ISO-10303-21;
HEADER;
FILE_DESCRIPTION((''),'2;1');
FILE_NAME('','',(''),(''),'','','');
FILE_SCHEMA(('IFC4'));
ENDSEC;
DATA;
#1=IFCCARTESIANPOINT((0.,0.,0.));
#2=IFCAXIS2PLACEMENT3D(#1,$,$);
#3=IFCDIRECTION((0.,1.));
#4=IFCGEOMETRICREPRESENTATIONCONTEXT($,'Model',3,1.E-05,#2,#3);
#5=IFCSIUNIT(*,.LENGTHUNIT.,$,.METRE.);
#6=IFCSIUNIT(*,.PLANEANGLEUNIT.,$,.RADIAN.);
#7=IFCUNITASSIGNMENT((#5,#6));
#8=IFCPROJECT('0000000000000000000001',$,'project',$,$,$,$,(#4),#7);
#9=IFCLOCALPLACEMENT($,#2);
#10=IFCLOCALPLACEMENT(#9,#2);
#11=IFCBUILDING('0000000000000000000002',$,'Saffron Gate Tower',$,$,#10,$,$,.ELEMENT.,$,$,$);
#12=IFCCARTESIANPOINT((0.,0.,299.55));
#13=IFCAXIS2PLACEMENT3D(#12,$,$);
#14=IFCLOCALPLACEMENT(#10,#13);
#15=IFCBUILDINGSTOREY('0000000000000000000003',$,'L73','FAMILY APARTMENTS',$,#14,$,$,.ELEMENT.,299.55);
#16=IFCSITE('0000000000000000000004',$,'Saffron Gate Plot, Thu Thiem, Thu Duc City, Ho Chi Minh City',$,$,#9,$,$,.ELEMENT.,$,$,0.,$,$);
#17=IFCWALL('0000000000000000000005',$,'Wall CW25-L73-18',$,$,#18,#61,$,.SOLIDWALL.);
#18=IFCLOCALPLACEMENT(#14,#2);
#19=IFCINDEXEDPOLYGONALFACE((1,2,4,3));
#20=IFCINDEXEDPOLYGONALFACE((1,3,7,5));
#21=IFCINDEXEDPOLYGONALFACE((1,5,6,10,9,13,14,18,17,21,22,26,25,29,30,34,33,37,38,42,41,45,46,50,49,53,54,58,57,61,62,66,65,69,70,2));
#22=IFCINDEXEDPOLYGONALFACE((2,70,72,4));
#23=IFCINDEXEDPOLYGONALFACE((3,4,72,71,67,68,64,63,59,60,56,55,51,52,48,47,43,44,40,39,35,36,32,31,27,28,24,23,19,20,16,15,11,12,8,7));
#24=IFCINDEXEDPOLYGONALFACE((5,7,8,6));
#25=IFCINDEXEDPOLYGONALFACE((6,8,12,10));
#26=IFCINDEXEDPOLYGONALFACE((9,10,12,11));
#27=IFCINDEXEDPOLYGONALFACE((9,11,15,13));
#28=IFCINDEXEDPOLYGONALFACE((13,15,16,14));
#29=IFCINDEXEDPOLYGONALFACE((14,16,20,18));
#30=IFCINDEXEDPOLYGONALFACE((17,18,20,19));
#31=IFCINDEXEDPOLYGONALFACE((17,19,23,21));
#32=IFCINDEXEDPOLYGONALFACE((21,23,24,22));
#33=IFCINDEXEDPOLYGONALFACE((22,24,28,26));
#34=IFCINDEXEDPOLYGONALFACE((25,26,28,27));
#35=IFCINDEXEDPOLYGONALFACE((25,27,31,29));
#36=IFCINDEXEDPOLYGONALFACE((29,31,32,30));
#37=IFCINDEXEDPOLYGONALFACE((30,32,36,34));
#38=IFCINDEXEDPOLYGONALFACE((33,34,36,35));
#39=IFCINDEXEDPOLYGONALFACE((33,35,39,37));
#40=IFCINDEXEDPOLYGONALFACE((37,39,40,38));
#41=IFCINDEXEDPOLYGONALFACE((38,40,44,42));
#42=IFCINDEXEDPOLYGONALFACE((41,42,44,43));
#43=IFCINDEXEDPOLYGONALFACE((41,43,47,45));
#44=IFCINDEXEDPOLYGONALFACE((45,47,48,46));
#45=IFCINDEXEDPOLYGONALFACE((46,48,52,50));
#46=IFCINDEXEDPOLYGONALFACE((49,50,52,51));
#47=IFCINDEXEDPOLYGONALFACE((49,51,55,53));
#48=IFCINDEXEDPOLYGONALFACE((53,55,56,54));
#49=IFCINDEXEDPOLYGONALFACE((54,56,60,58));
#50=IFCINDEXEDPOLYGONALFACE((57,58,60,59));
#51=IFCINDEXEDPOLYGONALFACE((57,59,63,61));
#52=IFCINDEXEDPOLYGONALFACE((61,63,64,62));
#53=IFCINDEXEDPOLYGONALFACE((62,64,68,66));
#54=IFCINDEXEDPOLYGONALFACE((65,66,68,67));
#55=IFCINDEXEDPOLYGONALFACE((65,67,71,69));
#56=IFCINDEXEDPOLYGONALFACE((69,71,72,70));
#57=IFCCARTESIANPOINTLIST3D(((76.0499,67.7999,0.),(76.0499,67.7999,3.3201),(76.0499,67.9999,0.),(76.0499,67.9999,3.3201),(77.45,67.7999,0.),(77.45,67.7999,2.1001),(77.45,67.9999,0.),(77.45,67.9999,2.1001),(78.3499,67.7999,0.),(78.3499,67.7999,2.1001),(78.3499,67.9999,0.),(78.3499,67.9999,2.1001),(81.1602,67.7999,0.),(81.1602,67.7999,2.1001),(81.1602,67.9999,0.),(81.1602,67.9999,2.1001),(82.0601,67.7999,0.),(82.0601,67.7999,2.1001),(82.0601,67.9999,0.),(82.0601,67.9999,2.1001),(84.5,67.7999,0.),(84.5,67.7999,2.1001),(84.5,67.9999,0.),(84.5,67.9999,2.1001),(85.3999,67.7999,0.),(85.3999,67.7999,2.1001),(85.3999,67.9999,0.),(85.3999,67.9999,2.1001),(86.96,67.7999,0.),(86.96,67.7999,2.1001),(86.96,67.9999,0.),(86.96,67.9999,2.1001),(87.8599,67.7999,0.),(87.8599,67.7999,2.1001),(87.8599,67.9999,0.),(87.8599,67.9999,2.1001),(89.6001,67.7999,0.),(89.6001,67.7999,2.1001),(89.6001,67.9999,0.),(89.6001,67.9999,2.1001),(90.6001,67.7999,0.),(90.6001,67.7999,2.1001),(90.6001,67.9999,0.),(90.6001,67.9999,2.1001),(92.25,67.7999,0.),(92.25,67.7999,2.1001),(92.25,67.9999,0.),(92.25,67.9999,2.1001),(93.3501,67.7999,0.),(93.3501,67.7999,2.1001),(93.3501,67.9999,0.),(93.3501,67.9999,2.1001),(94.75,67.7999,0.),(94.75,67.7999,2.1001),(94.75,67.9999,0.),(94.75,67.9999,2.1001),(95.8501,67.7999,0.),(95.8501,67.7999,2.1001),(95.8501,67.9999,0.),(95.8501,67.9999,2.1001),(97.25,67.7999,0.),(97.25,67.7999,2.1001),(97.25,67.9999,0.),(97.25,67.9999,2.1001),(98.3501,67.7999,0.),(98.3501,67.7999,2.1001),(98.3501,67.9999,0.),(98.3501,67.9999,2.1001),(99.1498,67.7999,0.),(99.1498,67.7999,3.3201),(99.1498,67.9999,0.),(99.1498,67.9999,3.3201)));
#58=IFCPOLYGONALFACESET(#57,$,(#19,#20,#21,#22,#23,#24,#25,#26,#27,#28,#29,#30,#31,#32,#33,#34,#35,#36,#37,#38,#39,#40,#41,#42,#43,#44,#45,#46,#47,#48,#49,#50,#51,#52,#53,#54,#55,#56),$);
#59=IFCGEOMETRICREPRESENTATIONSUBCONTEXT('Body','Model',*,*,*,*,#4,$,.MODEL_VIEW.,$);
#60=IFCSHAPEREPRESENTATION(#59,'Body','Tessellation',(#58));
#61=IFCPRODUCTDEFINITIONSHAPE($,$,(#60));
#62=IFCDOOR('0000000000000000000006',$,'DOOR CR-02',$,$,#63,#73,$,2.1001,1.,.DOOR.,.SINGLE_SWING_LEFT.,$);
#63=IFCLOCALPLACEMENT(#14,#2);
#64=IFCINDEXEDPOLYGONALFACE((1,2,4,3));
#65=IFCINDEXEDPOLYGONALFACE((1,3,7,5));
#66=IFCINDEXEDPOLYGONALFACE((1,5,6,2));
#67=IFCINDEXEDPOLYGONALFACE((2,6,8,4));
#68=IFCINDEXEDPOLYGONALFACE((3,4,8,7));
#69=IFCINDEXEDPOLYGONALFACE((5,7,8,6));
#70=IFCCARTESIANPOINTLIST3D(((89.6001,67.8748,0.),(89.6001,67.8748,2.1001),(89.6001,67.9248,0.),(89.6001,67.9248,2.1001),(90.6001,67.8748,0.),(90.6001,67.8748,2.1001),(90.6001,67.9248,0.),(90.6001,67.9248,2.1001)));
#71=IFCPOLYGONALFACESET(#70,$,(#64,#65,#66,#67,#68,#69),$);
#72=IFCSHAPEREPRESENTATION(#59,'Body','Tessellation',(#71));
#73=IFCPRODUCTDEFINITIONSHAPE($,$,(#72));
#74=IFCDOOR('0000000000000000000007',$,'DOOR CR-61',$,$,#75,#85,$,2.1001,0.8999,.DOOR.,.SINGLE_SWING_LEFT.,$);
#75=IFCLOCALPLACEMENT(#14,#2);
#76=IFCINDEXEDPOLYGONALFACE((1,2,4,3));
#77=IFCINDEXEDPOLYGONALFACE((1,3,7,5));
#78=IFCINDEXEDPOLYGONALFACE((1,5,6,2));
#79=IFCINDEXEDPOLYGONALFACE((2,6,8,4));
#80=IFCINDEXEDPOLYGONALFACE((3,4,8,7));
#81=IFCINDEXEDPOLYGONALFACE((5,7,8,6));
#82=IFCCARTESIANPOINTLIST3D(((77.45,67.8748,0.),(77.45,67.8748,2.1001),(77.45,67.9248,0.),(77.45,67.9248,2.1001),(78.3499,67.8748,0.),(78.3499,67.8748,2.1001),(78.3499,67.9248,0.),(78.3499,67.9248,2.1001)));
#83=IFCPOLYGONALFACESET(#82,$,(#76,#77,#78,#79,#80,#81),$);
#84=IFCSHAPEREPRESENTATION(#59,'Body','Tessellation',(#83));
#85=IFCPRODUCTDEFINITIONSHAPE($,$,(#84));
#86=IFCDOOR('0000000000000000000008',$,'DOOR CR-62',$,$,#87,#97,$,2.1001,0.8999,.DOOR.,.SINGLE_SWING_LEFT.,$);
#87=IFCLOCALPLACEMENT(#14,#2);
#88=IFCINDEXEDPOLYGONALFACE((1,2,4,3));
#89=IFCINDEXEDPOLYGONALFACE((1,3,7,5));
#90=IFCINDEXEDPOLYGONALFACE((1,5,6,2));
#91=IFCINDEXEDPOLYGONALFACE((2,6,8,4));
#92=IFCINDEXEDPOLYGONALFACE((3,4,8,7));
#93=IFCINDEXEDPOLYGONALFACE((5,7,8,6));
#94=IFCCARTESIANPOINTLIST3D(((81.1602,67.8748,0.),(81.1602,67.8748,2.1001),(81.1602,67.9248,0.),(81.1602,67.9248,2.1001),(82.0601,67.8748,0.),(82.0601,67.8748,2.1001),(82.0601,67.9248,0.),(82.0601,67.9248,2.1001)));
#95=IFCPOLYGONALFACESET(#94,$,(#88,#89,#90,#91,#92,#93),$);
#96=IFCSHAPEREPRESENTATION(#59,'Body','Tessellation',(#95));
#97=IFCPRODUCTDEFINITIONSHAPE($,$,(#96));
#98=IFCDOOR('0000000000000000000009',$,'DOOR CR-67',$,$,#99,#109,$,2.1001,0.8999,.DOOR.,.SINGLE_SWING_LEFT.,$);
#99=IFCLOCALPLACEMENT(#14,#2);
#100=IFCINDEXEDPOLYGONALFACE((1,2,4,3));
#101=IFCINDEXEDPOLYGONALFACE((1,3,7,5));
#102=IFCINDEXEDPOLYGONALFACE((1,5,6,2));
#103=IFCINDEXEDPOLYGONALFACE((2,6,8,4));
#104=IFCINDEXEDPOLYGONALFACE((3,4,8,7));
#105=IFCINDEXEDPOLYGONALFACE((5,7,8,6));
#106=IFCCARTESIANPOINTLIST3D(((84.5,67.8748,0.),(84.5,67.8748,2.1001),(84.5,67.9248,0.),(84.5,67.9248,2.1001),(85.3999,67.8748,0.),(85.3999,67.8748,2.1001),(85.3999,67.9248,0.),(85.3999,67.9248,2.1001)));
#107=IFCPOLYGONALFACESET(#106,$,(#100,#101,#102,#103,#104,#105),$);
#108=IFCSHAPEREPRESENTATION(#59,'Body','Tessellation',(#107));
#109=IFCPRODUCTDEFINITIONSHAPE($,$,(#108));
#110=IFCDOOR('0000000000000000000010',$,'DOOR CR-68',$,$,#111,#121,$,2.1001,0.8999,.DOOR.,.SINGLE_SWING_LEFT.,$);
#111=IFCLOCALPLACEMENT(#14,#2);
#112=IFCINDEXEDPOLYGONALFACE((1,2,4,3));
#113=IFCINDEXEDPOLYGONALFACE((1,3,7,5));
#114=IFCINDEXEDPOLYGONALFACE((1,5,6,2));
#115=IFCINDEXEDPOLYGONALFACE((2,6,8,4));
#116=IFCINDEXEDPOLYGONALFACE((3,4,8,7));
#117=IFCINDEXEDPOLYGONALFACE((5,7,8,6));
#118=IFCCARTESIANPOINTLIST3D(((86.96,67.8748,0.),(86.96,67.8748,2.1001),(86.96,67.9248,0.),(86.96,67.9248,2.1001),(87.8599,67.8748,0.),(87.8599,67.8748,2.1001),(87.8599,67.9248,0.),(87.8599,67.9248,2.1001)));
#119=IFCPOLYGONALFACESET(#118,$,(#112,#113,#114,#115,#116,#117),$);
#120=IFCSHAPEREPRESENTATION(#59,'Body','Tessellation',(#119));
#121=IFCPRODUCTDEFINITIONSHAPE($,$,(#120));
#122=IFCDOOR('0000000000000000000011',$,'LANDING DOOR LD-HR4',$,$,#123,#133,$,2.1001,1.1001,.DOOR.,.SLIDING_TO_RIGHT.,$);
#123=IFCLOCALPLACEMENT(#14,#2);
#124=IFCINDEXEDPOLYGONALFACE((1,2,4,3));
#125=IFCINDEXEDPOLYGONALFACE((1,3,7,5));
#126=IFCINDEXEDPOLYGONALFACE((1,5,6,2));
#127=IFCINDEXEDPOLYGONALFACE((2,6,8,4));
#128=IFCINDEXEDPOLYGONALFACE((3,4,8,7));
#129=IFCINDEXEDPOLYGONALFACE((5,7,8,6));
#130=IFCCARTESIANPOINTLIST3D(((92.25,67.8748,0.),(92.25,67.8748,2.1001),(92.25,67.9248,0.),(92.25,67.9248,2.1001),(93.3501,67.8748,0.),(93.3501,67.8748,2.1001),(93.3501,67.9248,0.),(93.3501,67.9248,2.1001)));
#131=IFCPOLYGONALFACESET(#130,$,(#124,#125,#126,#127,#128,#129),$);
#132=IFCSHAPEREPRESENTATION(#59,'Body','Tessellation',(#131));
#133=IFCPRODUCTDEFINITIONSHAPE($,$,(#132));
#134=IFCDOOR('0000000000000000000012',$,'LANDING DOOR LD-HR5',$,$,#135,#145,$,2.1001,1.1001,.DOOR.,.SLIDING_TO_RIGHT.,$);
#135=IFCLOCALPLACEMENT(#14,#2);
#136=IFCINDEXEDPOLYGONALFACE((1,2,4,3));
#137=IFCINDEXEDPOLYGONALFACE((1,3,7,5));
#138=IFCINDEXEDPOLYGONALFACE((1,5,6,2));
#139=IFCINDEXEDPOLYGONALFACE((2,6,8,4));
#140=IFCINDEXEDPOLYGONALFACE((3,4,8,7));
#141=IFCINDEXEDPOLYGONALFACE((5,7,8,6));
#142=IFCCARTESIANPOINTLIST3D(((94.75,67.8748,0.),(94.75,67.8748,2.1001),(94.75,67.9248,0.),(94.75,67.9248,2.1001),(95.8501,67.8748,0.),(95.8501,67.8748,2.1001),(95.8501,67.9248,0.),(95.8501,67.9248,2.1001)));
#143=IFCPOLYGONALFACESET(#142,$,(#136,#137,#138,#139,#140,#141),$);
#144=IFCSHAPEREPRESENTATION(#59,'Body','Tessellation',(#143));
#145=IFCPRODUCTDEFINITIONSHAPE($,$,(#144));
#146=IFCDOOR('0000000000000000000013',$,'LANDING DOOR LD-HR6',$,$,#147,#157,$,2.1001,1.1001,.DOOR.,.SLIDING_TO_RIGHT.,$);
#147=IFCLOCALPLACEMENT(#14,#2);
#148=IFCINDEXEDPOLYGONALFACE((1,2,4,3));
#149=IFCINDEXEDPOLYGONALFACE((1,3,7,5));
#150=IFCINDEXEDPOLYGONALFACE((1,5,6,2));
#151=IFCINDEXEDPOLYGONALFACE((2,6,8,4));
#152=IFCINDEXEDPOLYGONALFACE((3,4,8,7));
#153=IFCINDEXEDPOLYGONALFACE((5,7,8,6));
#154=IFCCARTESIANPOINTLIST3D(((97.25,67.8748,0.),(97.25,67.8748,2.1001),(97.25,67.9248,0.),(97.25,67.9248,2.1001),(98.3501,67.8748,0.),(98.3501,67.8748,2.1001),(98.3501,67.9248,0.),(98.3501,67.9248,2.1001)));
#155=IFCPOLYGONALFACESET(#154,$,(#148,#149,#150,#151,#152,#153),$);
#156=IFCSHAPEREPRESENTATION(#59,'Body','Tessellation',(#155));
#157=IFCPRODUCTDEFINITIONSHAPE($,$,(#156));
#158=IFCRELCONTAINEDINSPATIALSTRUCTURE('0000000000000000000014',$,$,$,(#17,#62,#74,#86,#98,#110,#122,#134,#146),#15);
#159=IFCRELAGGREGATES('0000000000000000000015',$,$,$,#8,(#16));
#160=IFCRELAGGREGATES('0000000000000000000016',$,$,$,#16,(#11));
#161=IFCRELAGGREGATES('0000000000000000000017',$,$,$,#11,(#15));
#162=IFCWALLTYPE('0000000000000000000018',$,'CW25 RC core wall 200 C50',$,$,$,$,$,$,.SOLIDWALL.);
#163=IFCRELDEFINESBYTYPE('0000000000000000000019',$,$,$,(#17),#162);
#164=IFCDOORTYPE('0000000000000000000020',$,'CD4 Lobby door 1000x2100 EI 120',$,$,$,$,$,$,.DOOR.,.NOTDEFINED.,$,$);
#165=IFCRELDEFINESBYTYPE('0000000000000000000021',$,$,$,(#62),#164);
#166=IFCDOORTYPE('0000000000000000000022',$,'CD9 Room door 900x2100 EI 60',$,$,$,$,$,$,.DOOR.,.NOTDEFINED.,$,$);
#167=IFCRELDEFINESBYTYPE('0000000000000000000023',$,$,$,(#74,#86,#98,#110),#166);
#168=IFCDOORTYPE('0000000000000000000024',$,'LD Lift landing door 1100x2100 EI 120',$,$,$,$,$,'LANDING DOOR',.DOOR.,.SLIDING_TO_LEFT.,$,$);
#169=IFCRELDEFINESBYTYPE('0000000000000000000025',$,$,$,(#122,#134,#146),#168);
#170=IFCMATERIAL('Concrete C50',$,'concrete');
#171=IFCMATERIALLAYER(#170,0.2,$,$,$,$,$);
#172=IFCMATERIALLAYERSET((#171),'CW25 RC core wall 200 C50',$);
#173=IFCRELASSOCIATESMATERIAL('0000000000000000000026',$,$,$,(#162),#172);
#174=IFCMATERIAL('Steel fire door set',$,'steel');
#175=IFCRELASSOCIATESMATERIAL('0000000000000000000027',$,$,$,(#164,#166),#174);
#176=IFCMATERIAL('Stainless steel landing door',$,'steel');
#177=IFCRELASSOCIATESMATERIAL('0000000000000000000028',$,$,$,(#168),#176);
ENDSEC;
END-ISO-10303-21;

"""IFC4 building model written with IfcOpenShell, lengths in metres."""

from ifc_helpers import new_model, si_unit, direction, frame, frame_2d, origin, place, context, subcontext, project, spatial, rectangle, extrude, material, layer, layer_set, type_object, element, fill, save


model = new_model("IFC4")

# Units and contexts
model_context = context("Model", 3, precision=1e-05, world=origin(), true_north=direction((0.0, 1.0)))
body_context = subcontext(model_context, "Body", "Model", "MODEL_VIEW")
ifc_project = project(units=[si_unit("LENGTHUNIT", "METRE"), si_unit("PLANEANGLEUNIT", "RADIAN")], contexts=[model_context])

# Site, building, storey
site_placement = place(None, origin())
site = spatial("IfcSite", under=ifc_project, at=site_placement, Name="Saffron Gate Plot, Thu Thiem, Thu Duc City, Ho Chi Minh City", CompositionType="ELEMENT", RefElevation=0.0)
building_placement = place(site_placement, origin())
building = spatial("IfcBuilding", under=site, at=building_placement, Name="Saffron Gate Tower", CompositionType="ELEMENT")
storey_placement = place(building_placement, frame((0.0, 0.0, 299.55)))
storey = spatial("IfcBuildingStorey", under=building, at=storey_placement, Name="L73", Description="FAMILY APARTMENTS", CompositionType="ELEMENT", Elevation=299.55)

# Shared definitions
ifc_material_1 = material(Name="Concrete C50", Category="concrete")

# Wall, openings, doors
ifc_layer_1 = layer(ifc_material_1, 0.2)
ifc_layer_set_1 = layer_set([ifc_layer_1], Name="CW25 RC core wall 200 C50")
wall_type_1 = type_object("IfcWallType", Name="CW25 RC core wall 200 C50", PredefinedType="SOLIDWALL", material=ifc_layer_set_1)
wall_1_placement = place(storey_placement, frame((76.05, 67.8999, 0.0), z_axis=(0.0, 0.0, 1.0), x_axis=(1.0, 0.0, 0.0)))
wall_1 = element("IfcWall", 1, at=wall_1_placement, inside=storey, type_object=wall_type_1, Name="Wall CW25-L73-18", PredefinedType="SOLIDWALL", context=body_context, shape_type="SweptSolid", body=[
    extrude(rectangle(XDim=23.0999, YDim=0.2, at=frame_2d((11.5498, 0.0))), origin(), (0.0, 0.0, 1.0), 3.3201),
])
opening_1_placement = place(wall_1_placement, frame((1.3999, 0.0, 0.0)))
opening_1 = element("IfcOpeningElement", 2, at=opening_1_placement, cuts=wall_1, PredefinedType="OPENING", context=body_context, shape_type="SweptSolid", body=[
    extrude(rectangle(XDim=0.8999, YDim=2.1001, at=frame_2d((0.45, 1.05))), frame((0.0, 0.1099, 0.0), z_axis=(0.0, -1.0, 0.0), x_axis=(1.0, 0.0, 0.0)), (0.0, 0.0, 1.0), 0.22),
])
opening_2_placement = place(wall_1_placement, frame((5.1101, 0.0, 0.0)))
opening_2 = element("IfcOpeningElement", 3, at=opening_2_placement, cuts=wall_1, PredefinedType="OPENING", context=body_context, shape_type="SweptSolid", body=[
    extrude(rectangle(XDim=0.8999, YDim=2.1001, at=frame_2d((0.45, 1.05))), frame((0.0, 0.1099, 0.0), z_axis=(0.0, -1.0, 0.0), x_axis=(1.0, 0.0, 0.0)), (0.0, 0.0, 1.0), 0.22),
])
opening_3_placement = place(wall_1_placement, frame((8.45, 0.0, 0.0)))
opening_3 = element("IfcOpeningElement", 4, at=opening_3_placement, cuts=wall_1, PredefinedType="OPENING", context=body_context, shape_type="SweptSolid", body=[
    extrude(rectangle(XDim=0.8999, YDim=2.1001, at=frame_2d((0.45, 1.05))), frame((0.0, 0.1099, 0.0), z_axis=(0.0, -1.0, 0.0), x_axis=(1.0, 0.0, 0.0)), (0.0, 0.0, 1.0), 0.22),
])
opening_4_placement = place(wall_1_placement, frame((10.9099, 0.0, 0.0)))
opening_4 = element("IfcOpeningElement", 5, at=opening_4_placement, cuts=wall_1, PredefinedType="OPENING", context=body_context, shape_type="SweptSolid", body=[
    extrude(rectangle(XDim=0.8999, YDim=2.1001, at=frame_2d((0.45, 1.05))), frame((0.0, 0.1099, 0.0), z_axis=(0.0, -1.0, 0.0), x_axis=(1.0, 0.0, 0.0)), (0.0, 0.0, 1.0), 0.22),
])
opening_5_placement = place(wall_1_placement, frame((13.55, 0.0, 0.0)))
opening_5 = element("IfcOpeningElement", 6, at=opening_5_placement, cuts=wall_1, PredefinedType="OPENING", context=body_context, shape_type="SweptSolid", body=[
    extrude(rectangle(XDim=1.0, YDim=2.1001, at=frame_2d((0.5, 1.05))), frame((0.0, 0.1099, 0.0), z_axis=(0.0, -1.0, 0.0), x_axis=(1.0, 0.0, 0.0)), (0.0, 0.0, 1.0), 0.22),
])
opening_6_placement = place(wall_1_placement, frame((16.2, 0.0, 0.0)))
opening_6 = element("IfcOpeningElement", 7, at=opening_6_placement, cuts=wall_1, PredefinedType="OPENING", context=body_context, shape_type="SweptSolid", body=[
    extrude(rectangle(XDim=1.1001, YDim=2.1001, at=frame_2d((0.55, 1.05))), frame((0.0, 0.1099, 0.0), z_axis=(0.0, -1.0, 0.0), x_axis=(1.0, 0.0, 0.0)), (0.0, 0.0, 1.0), 0.22),
])
opening_7_placement = place(wall_1_placement, frame((18.7, 0.0, 0.0)))
opening_7 = element("IfcOpeningElement", 8, at=opening_7_placement, cuts=wall_1, PredefinedType="OPENING", context=body_context, shape_type="SweptSolid", body=[
    extrude(rectangle(XDim=1.1001, YDim=2.1001, at=frame_2d((0.55, 1.05))), frame((0.0, 0.1099, 0.0), z_axis=(0.0, -1.0, 0.0), x_axis=(1.0, 0.0, 0.0)), (0.0, 0.0, 1.0), 0.22),
])
opening_8_placement = place(wall_1_placement, frame((21.2, 0.0, 0.0)))
opening_8 = element("IfcOpeningElement", 9, at=opening_8_placement, cuts=wall_1, PredefinedType="OPENING", context=body_context, shape_type="SweptSolid", body=[
    extrude(rectangle(XDim=1.1001, YDim=2.1001, at=frame_2d((0.55, 1.05))), frame((0.0, 0.1099, 0.0), z_axis=(0.0, -1.0, 0.0), x_axis=(1.0, 0.0, 0.0)), (0.0, 0.0, 1.0), 0.22),
])
ifc_material_2 = material(Name="Steel fire door set", Category="steel")
door_type_1 = type_object("IfcDoorType", Name="CD4 Lobby door 1000x2100 EI 120", OperationType="NOTDEFINED", PredefinedType="DOOR", material=ifc_material_2)
door_1_placement = place(opening_5_placement, origin())
door_1 = element("IfcDoor", 10, at=door_1_placement, inside=storey, type_object=door_type_1, Name="DOOR CR-02", OperationType="SINGLE_SWING_LEFT", OverallHeight=2.1001, OverallWidth=1.0, PredefinedType="DOOR", context=body_context, shape_type="SweptSolid", body=[
    extrude(rectangle(XDim=1.0, YDim=2.1001, at=frame_2d((0.5, 1.05))), frame((0.0, 0.0249, 0.0), z_axis=(0.0, -1.0, 0.0), x_axis=(1.0, 0.0, 0.0)), (0.0, 0.0, 1.0), 0.05),
])
fill(opening_5, door_1)
door_type_2 = type_object("IfcDoorType", Name="CD9 Room door 900x2100 EI 60", OperationType="NOTDEFINED", PredefinedType="DOOR", material=ifc_material_2)
door_2_placement = place(opening_1_placement, origin())
door_2 = element("IfcDoor", 11, at=door_2_placement, inside=storey, type_object=door_type_2, Name="DOOR CR-61", OperationType="SINGLE_SWING_LEFT", OverallHeight=2.1001, OverallWidth=0.8999, PredefinedType="DOOR", context=body_context, shape_type="SweptSolid", body=[
    extrude(rectangle(XDim=0.8999, YDim=2.1001, at=frame_2d((0.45, 1.05))), frame((0.0, 0.0249, 0.0), z_axis=(0.0, -1.0, 0.0), x_axis=(1.0, 0.0, 0.0)), (0.0, 0.0, 1.0), 0.05),
])
fill(opening_1, door_2)
door_3_placement = place(opening_2_placement, origin())
door_3 = element("IfcDoor", 12, at=door_3_placement, inside=storey, type_object=door_type_2, Name="DOOR CR-62", OperationType="SINGLE_SWING_LEFT", OverallHeight=2.1001, OverallWidth=0.8999, PredefinedType="DOOR", context=body_context, shape_type="SweptSolid", body=[
    extrude(rectangle(XDim=0.8999, YDim=2.1001, at=frame_2d((0.45, 1.05))), frame((0.0, 0.0249, 0.0), z_axis=(0.0, -1.0, 0.0), x_axis=(1.0, 0.0, 0.0)), (0.0, 0.0, 1.0), 0.05),
])
fill(opening_2, door_3)
door_4_placement = place(opening_3_placement, origin())
door_4 = element("IfcDoor", 13, at=door_4_placement, inside=storey, type_object=door_type_2, Name="DOOR CR-67", OperationType="SINGLE_SWING_LEFT", OverallHeight=2.1001, OverallWidth=0.8999, PredefinedType="DOOR", context=body_context, shape_type="SweptSolid", body=[
    extrude(rectangle(XDim=0.8999, YDim=2.1001, at=frame_2d((0.45, 1.05))), frame((0.0, 0.0249, 0.0), z_axis=(0.0, -1.0, 0.0), x_axis=(1.0, 0.0, 0.0)), (0.0, 0.0, 1.0), 0.05),
])
fill(opening_3, door_4)
door_5_placement = place(opening_4_placement, origin())
door_5 = element("IfcDoor", 14, at=door_5_placement, inside=storey, type_object=door_type_2, Name="DOOR CR-68", OperationType="SINGLE_SWING_LEFT", OverallHeight=2.1001, OverallWidth=0.8999, PredefinedType="DOOR", context=body_context, shape_type="SweptSolid", body=[
    extrude(rectangle(XDim=0.8999, YDim=2.1001, at=frame_2d((0.45, 1.05))), frame((0.0, 0.0249, 0.0), z_axis=(0.0, -1.0, 0.0), x_axis=(1.0, 0.0, 0.0)), (0.0, 0.0, 1.0), 0.05),
])
fill(opening_4, door_5)
ifc_material_3 = material(Name="Stainless steel landing door", Category="steel")
door_type_3 = type_object("IfcDoorType", Name="LD Lift landing door 1100x2100 EI 120", ElementType="LANDING DOOR", OperationType="SLIDING_TO_LEFT", PredefinedType="DOOR", material=ifc_material_3)
door_6_placement = place(opening_6_placement, origin())
door_6 = element("IfcDoor", 15, at=door_6_placement, inside=storey, type_object=door_type_3, Name="LANDING DOOR LD-HR4", OperationType="SLIDING_TO_RIGHT", OverallHeight=2.1001, OverallWidth=1.1001, PredefinedType="DOOR", context=body_context, shape_type="SweptSolid", body=[
    extrude(rectangle(XDim=1.1001, YDim=2.1001, at=frame_2d((0.55, 1.05))), frame((0.0, 0.0249, 0.0), z_axis=(0.0, -1.0, 0.0), x_axis=(1.0, 0.0, 0.0)), (0.0, 0.0, 1.0), 0.05),
])
fill(opening_6, door_6)
door_7_placement = place(opening_7_placement, origin())
door_7 = element("IfcDoor", 16, at=door_7_placement, inside=storey, type_object=door_type_3, Name="LANDING DOOR LD-HR5", OperationType="SLIDING_TO_RIGHT", OverallHeight=2.1001, OverallWidth=1.1001, PredefinedType="DOOR", context=body_context, shape_type="SweptSolid", body=[
    extrude(rectangle(XDim=1.1001, YDim=2.1001, at=frame_2d((0.55, 1.05))), frame((0.0, 0.0249, 0.0), z_axis=(0.0, -1.0, 0.0), x_axis=(1.0, 0.0, 0.0)), (0.0, 0.0, 1.0), 0.05),
])
fill(opening_7, door_7)
door_8_placement = place(opening_8_placement, origin())
door_8 = element("IfcDoor", 17, at=door_8_placement, inside=storey, type_object=door_type_3, Name="LANDING DOOR LD-HR6", OperationType="SLIDING_TO_RIGHT", OverallHeight=2.1001, OverallWidth=1.1001, PredefinedType="DOOR", context=body_context, shape_type="SweptSolid", body=[
    extrude(rectangle(XDim=1.1001, YDim=2.1001, at=frame_2d((0.55, 1.05))), frame((0.0, 0.0249, 0.0), z_axis=(0.0, -1.0, 0.0), x_axis=(1.0, 0.0, 0.0)), (0.0, 0.0, 1.0), 0.05),
])
fill(opening_8, door_8)

save(model, "model.ifc")
